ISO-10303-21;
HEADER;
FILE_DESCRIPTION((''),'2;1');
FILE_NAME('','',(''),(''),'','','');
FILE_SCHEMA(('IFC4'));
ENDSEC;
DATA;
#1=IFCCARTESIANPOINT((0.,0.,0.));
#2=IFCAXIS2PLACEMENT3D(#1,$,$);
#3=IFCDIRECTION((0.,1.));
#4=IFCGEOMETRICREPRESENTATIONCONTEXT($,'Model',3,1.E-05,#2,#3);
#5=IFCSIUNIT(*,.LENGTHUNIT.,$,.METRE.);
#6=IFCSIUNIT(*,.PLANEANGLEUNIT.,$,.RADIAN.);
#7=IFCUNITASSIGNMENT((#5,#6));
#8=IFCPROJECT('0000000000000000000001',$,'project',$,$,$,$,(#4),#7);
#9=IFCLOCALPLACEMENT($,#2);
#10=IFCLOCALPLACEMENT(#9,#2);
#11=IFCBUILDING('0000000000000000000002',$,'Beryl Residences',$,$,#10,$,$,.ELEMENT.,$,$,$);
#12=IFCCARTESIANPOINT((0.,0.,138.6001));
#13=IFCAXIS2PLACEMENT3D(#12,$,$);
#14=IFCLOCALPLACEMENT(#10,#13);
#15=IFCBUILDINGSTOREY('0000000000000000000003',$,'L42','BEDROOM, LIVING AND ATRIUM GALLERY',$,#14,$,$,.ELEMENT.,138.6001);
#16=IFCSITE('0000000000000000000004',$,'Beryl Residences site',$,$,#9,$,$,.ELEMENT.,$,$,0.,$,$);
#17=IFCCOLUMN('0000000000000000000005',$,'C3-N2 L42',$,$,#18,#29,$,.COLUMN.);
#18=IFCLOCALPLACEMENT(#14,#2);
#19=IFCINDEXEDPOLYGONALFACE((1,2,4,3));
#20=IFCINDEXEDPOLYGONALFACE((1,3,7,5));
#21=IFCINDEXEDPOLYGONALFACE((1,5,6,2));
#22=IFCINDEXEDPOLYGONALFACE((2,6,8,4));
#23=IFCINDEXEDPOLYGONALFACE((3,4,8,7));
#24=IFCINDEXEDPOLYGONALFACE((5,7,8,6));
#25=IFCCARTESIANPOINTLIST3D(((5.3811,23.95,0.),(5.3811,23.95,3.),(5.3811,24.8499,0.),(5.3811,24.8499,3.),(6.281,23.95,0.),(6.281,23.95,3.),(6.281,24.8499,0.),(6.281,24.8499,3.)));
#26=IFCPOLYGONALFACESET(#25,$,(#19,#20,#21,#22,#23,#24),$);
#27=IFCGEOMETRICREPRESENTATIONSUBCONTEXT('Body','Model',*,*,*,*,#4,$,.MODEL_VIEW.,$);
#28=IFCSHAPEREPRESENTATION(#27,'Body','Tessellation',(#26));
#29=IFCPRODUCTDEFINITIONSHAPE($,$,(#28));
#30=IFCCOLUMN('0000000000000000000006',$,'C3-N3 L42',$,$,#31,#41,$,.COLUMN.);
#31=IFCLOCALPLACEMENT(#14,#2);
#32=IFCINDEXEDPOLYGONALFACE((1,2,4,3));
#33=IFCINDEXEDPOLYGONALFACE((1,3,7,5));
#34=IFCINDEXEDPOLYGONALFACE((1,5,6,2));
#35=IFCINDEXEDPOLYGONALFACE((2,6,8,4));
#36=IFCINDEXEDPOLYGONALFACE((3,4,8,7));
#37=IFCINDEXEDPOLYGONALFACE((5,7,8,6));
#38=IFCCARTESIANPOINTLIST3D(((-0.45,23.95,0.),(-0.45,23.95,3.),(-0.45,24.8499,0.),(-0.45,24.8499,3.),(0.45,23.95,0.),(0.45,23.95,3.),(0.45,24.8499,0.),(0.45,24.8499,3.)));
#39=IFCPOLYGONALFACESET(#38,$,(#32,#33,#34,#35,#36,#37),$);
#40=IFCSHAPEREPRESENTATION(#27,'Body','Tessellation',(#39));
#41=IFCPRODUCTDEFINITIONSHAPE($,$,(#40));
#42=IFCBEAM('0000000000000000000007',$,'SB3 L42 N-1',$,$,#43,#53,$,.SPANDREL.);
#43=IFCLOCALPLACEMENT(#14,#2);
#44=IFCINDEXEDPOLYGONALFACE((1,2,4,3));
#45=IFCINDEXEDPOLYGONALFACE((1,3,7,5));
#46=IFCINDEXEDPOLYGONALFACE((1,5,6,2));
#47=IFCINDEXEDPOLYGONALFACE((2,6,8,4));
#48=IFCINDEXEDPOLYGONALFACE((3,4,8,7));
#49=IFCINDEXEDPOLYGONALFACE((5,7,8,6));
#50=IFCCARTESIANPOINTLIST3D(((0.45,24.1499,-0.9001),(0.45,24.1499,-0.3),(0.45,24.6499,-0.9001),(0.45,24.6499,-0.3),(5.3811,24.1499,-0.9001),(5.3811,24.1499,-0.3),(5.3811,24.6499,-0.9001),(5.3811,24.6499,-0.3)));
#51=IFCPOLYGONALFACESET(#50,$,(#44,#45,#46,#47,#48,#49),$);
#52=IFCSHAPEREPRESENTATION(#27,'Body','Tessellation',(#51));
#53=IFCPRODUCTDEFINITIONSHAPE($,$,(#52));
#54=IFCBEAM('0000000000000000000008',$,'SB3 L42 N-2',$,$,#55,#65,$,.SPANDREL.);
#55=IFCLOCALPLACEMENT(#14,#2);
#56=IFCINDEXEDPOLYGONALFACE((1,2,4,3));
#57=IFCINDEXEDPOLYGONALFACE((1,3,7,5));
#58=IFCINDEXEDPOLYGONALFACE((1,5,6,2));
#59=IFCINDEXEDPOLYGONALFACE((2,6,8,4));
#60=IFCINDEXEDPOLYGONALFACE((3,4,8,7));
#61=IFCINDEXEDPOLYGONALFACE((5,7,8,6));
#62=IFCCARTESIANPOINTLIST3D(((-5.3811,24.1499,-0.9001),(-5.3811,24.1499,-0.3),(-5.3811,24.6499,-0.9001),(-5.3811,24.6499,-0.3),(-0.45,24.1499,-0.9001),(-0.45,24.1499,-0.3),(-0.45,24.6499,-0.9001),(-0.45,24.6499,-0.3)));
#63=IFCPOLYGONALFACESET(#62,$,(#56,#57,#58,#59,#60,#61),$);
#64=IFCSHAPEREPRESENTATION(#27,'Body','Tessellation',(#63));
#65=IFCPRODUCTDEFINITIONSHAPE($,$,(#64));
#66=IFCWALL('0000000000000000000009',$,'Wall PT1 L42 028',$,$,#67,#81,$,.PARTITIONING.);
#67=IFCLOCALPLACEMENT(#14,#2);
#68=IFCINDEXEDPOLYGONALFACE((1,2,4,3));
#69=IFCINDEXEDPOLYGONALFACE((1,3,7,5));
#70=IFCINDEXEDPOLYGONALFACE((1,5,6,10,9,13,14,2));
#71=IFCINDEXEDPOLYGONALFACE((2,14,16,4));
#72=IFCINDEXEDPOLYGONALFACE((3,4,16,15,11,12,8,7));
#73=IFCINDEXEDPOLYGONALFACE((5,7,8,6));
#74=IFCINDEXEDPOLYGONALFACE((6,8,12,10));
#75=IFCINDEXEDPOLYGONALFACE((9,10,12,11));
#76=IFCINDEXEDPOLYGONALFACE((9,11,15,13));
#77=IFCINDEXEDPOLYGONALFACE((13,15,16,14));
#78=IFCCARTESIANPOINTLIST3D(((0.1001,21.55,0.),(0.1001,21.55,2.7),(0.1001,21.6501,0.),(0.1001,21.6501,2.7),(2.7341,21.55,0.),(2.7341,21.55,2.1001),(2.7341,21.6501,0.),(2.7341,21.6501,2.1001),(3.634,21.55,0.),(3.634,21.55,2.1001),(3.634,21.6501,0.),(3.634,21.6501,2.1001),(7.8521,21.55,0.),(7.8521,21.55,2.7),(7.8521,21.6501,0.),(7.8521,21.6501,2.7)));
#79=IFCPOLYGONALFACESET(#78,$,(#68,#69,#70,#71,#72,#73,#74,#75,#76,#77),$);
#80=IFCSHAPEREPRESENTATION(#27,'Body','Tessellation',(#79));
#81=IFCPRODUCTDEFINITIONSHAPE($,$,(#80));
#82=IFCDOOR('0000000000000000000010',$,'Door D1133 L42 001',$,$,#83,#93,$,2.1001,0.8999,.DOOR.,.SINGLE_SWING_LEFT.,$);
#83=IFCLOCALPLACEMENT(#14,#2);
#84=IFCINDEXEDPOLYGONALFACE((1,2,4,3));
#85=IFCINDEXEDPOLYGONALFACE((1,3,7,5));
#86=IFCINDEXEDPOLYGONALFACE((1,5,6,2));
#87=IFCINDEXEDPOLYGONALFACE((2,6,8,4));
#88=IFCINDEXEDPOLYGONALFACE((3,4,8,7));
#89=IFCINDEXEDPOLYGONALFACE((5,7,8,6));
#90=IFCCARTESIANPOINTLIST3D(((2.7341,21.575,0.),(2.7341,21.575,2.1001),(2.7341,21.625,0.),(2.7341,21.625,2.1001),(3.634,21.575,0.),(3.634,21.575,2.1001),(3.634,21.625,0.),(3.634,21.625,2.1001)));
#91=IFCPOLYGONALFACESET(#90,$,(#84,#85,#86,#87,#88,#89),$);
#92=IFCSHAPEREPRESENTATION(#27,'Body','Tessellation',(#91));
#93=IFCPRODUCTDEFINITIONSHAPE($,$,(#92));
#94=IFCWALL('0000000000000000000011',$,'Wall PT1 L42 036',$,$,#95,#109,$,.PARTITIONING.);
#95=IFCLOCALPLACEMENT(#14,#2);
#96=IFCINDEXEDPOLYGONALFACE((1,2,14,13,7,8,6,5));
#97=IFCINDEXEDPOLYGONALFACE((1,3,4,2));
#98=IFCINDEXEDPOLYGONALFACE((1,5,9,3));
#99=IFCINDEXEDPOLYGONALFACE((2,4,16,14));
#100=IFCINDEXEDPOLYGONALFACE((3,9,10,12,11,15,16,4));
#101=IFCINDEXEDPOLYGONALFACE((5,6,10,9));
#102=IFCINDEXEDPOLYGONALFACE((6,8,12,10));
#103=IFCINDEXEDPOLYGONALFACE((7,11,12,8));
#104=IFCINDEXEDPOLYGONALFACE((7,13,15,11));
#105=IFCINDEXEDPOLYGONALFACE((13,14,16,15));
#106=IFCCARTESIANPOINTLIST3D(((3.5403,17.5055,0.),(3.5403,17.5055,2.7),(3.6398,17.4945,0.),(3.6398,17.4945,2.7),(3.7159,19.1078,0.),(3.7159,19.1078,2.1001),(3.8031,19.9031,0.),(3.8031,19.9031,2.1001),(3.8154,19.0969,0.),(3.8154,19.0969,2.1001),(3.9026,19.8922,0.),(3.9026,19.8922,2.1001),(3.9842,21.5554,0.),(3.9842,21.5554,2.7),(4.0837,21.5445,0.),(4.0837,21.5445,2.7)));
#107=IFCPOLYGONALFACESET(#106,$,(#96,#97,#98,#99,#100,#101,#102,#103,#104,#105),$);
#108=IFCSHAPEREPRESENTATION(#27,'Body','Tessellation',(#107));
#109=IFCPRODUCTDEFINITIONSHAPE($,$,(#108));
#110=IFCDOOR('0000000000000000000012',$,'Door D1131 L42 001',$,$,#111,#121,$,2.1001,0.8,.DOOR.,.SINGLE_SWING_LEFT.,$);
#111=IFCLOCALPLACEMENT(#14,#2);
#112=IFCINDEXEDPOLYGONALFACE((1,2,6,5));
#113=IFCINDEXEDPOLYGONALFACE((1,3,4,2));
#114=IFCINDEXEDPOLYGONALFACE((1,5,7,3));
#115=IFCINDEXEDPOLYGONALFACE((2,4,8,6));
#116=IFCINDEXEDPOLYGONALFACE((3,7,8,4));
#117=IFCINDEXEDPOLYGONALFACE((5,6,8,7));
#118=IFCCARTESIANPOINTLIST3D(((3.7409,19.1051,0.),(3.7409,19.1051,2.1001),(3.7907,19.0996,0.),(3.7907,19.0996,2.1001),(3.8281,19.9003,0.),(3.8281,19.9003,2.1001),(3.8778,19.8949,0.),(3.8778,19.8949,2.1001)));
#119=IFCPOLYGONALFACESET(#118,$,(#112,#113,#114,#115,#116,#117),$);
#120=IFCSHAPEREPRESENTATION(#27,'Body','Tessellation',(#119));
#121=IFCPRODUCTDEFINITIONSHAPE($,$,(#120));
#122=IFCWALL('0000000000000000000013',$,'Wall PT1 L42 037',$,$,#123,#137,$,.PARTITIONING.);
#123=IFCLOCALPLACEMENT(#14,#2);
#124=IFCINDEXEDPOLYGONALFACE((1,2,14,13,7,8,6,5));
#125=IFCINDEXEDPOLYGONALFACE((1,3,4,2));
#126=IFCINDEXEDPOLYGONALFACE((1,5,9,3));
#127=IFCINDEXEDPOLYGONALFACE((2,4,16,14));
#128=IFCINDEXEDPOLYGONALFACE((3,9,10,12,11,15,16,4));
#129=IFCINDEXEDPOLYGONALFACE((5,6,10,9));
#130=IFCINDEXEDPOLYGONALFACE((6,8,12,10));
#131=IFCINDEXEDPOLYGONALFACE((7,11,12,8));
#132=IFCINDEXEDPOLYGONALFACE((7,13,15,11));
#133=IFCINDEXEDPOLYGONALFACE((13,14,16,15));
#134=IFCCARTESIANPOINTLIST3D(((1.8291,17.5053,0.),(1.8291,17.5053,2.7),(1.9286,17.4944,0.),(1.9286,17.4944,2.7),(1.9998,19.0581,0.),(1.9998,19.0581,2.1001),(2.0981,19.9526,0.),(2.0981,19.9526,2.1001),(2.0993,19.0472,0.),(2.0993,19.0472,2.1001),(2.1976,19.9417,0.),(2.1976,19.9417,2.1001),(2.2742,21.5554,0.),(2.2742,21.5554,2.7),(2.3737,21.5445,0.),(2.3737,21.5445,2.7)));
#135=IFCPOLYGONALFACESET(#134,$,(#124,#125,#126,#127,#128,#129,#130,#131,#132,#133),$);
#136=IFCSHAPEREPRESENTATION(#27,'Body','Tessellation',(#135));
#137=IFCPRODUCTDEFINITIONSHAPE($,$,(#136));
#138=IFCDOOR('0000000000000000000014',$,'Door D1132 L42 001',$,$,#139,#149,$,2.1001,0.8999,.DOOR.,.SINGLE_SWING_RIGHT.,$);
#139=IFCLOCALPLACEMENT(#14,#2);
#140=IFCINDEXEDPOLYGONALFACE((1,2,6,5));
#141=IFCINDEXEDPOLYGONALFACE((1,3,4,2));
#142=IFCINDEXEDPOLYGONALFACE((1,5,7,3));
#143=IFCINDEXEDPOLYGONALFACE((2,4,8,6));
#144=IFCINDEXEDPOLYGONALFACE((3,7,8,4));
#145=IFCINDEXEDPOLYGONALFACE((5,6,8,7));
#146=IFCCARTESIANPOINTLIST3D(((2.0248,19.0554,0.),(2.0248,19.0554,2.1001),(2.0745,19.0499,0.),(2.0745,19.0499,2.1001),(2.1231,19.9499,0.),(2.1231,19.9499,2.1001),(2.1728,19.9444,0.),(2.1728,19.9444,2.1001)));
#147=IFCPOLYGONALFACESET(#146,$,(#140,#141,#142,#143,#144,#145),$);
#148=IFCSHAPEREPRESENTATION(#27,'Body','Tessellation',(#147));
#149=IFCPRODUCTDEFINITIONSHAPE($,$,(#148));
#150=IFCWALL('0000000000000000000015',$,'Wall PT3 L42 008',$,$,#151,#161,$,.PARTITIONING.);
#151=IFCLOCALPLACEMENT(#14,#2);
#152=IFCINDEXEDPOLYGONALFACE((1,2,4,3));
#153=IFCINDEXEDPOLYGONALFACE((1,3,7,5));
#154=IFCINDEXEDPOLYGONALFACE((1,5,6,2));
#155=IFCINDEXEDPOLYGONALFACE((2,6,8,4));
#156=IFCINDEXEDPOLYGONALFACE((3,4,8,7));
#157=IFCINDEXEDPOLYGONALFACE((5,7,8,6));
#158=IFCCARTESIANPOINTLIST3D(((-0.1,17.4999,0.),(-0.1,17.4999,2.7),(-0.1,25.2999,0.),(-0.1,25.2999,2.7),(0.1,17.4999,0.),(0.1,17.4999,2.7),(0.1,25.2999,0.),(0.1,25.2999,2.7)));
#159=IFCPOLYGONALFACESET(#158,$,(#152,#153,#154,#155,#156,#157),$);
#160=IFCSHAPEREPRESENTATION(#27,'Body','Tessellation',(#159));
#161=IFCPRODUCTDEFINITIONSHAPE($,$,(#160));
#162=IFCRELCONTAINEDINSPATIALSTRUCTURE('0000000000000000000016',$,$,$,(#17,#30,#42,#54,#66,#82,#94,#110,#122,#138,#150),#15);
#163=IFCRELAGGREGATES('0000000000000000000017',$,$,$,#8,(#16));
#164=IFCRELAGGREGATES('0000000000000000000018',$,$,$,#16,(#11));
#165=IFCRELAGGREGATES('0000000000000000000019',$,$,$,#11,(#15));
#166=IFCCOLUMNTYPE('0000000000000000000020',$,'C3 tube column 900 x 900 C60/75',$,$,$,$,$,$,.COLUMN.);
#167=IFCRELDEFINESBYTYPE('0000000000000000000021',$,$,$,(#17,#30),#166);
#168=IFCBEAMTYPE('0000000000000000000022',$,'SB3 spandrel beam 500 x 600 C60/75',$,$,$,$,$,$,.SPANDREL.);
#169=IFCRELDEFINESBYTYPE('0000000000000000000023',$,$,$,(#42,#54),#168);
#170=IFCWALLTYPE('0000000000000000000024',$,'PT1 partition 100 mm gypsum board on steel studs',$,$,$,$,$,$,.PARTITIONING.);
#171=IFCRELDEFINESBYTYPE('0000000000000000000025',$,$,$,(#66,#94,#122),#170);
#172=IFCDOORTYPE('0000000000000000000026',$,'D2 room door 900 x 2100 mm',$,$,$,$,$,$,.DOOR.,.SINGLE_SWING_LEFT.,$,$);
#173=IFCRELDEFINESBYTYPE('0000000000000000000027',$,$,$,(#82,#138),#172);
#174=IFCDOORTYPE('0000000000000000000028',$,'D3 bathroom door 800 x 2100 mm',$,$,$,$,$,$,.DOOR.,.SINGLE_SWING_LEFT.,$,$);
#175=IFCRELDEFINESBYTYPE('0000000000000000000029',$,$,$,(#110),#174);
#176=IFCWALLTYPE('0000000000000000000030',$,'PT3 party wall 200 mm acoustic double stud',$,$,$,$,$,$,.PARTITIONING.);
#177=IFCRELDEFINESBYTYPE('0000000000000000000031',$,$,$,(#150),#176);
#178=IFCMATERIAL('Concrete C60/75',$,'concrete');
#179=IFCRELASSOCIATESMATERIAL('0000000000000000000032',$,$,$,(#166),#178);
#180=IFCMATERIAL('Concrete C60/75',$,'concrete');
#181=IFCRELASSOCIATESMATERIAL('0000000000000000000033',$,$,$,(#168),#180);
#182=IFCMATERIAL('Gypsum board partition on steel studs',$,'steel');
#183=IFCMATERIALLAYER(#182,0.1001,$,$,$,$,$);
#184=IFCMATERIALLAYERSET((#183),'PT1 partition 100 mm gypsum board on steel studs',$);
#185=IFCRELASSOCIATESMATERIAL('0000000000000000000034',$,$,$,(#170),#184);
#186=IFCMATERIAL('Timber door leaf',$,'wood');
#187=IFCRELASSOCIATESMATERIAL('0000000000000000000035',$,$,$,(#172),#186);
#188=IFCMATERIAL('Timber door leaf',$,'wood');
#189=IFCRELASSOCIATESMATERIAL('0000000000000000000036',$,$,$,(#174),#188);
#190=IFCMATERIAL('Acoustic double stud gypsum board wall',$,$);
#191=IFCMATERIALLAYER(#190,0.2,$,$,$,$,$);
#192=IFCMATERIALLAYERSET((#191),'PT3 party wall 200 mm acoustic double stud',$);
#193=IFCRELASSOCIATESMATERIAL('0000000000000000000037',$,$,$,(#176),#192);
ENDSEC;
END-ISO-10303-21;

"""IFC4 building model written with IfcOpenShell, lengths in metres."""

from ifc_helpers import new_model, si_unit, direction, frame, frame_2d, origin, origin_2d, place, context, subcontext, project, spatial, rectangle, extrude, material, layer, layer_set, material_profile, profile_set, type_object, element, fill, save


model = new_model("IFC4")

# Units and contexts
model_context = context("Model", 3, precision=1e-05, world=origin(), true_north=direction((0.0, 1.0)))
body_context = subcontext(model_context, "Body", "Model", "MODEL_VIEW")
ifc_project = project(units=[si_unit("LENGTHUNIT", "METRE"), si_unit("PLANEANGLEUNIT", "RADIAN")], contexts=[model_context])

# Site, building, storey
site_placement = place(None, origin())
site = spatial("IfcSite", under=ifc_project, at=site_placement, Name="Beryl Residences site", CompositionType="ELEMENT", RefElevation=0.0)
building_placement = place(site_placement, origin())
building = spatial("IfcBuilding", under=site, at=building_placement, Name="Beryl Residences", CompositionType="ELEMENT")
storey_placement = place(building_placement, frame((0.0, 0.0, 138.6001)))
storey = spatial("IfcBuildingStorey", under=building, at=storey_placement, Name="L42", Description="BEDROOM, LIVING AND ATRIUM GALLERY", CompositionType="ELEMENT", Elevation=138.6001)

# Columns
ifc_material_1 = material(Name="Concrete C60/75", Category="concrete")
ifc_material_profile_1 = material_profile(ifc_material_1, rectangle(XDim=0.8999, YDim=0.8999, at=origin_2d()))
ifc_profile_set_1 = profile_set([ifc_material_profile_1], Name="Concrete C60/75")
column_type = type_object("IfcColumnType", Name="C3 tube column 900 x 900 C60/75", PredefinedType="COLUMN", material=ifc_profile_set_1)
for number, where, z_axis, x_axis, name in (
    (1, (5.8311, 24.3999, 0.0), (0.0, 0.0, 1.0), (-1.0, 0.0, 0.0), "C3-N2 L42"),
    (2, (0.0, 24.3999, 0.0), (0.0, 0.0, 1.0), (-1.0, 0.0, 0.0), "C3-N3 L42"),
):
    element("IfcColumn", number, at=place(storey_placement, frame(where, z_axis=z_axis, x_axis=x_axis)), inside=storey, type_object=column_type, Name=name, PredefinedType="COLUMN", context=body_context, shape_type="SweptSolid", body=[
        extrude(rectangle(XDim=0.8999, YDim=0.8999, at=origin_2d()), origin(), (0.0, 0.0, 1.0), 3.0),
    ])

# Beams
ifc_material_2 = material(Name="Concrete C60/75", Category="concrete")
ifc_material_profile_2 = material_profile(ifc_material_2, rectangle(XDim=0.5, YDim=0.6001, at=origin_2d()))
ifc_profile_set_2 = profile_set([ifc_material_profile_2], Name="Concrete C60/75")
beam_type = type_object("IfcBeamType", Name="SB3 spandrel beam 500 x 600 C60/75", PredefinedType="SPANDREL", material=ifc_profile_set_2)
for number, where, z_axis, x_axis, name in (
    (3, (5.3811, 24.3999, -0.6001), (-1.0, 0.0, 0.0), (0.0, -1.0, 0.0), "SB3 L42 N-1"),
    (4, (-0.45, 24.3999, -0.6001), (-1.0, 0.0, 0.0), (0.0, -1.0, 0.0), "SB3 L42 N-2"),
):
    element("IfcBeam", number, at=place(storey_placement, frame(where, z_axis=z_axis, x_axis=x_axis)), inside=storey, type_object=beam_type, Name=name, PredefinedType="SPANDREL", context=body_context, shape_type="SweptSolid", body=[
        extrude(rectangle(XDim=0.5, YDim=0.6001, at=origin_2d()), origin(), (0.0, 0.0, 1.0), 4.9312),
    ])

# Walls, openings, doors
ifc_material_3 = material(Name="Gypsum board partition on steel studs", Category="steel")
ifc_layer_1 = layer(ifc_material_3, 0.1001)
ifc_layer_set_1 = layer_set([ifc_layer_1], Name="PT1 partition 100 mm gypsum board on steel studs")
wall_type_1 = type_object("IfcWallType", Name="PT1 partition 100 mm gypsum board on steel studs", PredefinedType="PARTITIONING", material=ifc_layer_set_1)
wall_1_placement = place(storey_placement, frame((0.1001, 21.6001, 0.0), z_axis=(0.0, 0.0, 1.0), x_axis=(1.0, 0.0, 0.0)))
wall_1 = element("IfcWall", 5, at=wall_1_placement, inside=storey, type_object=wall_type_1, Name="Wall PT1 L42 028", PredefinedType="PARTITIONING", context=body_context, shape_type="SweptSolid", body=[
    extrude(rectangle(XDim=7.752, YDim=0.1001, at=frame_2d((3.876, 0.0))), origin(), (0.0, 0.0, 1.0), 2.7),
])
opening_1_placement = place(wall_1_placement, frame((2.634, 0.0, 0.0)))
opening_1 = element("IfcOpeningElement", 6, at=opening_1_placement, cuts=wall_1, PredefinedType="OPENING", context=body_context, shape_type="SweptSolid", body=[
    extrude(rectangle(XDim=0.8999, YDim=2.1001, at=frame_2d((0.45, 1.05))), frame((0.0, 0.0601, 0.0), z_axis=(0.0, -1.0, 0.0), x_axis=(1.0, 0.0, 0.0)), (0.0, 0.0, 1.0), 0.1201),
])
ifc_material_4 = material(Name="Timber door leaf", Category="wood")
door_type_1 = type_object("IfcDoorType", Name="D2 room door 900 x 2100 mm", OperationType="SINGLE_SWING_LEFT", PredefinedType="DOOR", material=ifc_material_4)
door_1_placement = place(opening_1_placement, origin())
door_1 = element("IfcDoor", 7, at=door_1_placement, inside=storey, type_object=door_type_1, Name="Door D1133 L42 001", OperationType="SINGLE_SWING_LEFT", OverallHeight=2.1001, OverallWidth=0.8999, PredefinedType="DOOR", context=body_context, shape_type="SweptSolid", body=[
    extrude(rectangle(XDim=0.8999, YDim=2.1001, at=frame_2d((0.45, 1.05))), frame((0.0, 0.0249, 0.0), z_axis=(0.0, -1.0, 0.0), x_axis=(1.0, 0.0, 0.0)), (0.0, 0.0, 1.0), 0.05),
])
fill(opening_1, door_1)
wall_2_placement = place(storey_placement, frame((3.5901, 17.5, 0.0), z_axis=(0.0, 0.0, 1.0), x_axis=(0.108938, 0.994048, 0.0)))
wall_2 = element("IfcWall", 8, at=wall_2_placement, inside=storey, type_object=wall_type_1, Name="Wall PT1 L42 036", PredefinedType="PARTITIONING", context=body_context, shape_type="SweptSolid", body=[
    extrude(rectangle(XDim=4.0742, YDim=0.1001, at=frame_2d((2.0371, 0.0))), origin(), (0.0, 0.0, 1.0), 2.7),
])
opening_2_placement = place(wall_2_placement, frame((1.6121, 0.0, 0.0)))
opening_2 = element("IfcOpeningElement", 9, at=opening_2_placement, cuts=wall_2, PredefinedType="OPENING", context=body_context, shape_type="SweptSolid", body=[
    extrude(rectangle(XDim=0.8, YDim=2.1001, at=frame_2d((0.3999, 1.05))), frame((0.0, 0.0601, 0.0), z_axis=(0.0, -1.0, 0.0), x_axis=(1.0, 0.0, 0.0)), (0.0, 0.0, 1.0), 0.1201),
])
ifc_material_5 = material(Name="Timber door leaf", Category="wood")
door_type_2 = type_object("IfcDoorType", Name="D3 bathroom door 800 x 2100 mm", OperationType="SINGLE_SWING_LEFT", PredefinedType="DOOR", material=ifc_material_5)
door_2_placement = place(opening_2_placement, origin())
door_2 = element("IfcDoor", 10, at=door_2_placement, inside=storey, type_object=door_type_2, Name="Door D1131 L42 001", OperationType="SINGLE_SWING_LEFT", OverallHeight=2.1001, OverallWidth=0.8, PredefinedType="DOOR", context=body_context, shape_type="SweptSolid", body=[
    extrude(rectangle(XDim=0.8, YDim=2.1001, at=frame_2d((0.3999, 1.05))), frame((0.0, 0.0249, 0.0), z_axis=(0.0, -1.0, 0.0), x_axis=(1.0, 0.0, 0.0)), (0.0, 0.0, 1.0), 0.05),
])
fill(opening_2, door_2)
wall_3_placement = place(storey_placement, frame((1.8789, 17.5, 0.0), z_axis=(0.0, 0.0, 1.0), x_axis=(0.109235, 0.994016, 0.0)))
wall_3 = element("IfcWall", 11, at=wall_3_placement, inside=storey, type_object=wall_type_1, Name="Wall PT1 L42 037", PredefinedType="PARTITIONING", context=body_context, shape_type="SweptSolid", body=[
    extrude(rectangle(XDim=4.0745, YDim=0.1001, at=frame_2d((2.0371, 0.0))), origin(), (0.0, 0.0, 1.0), 2.7),
])
opening_3_placement = place(wall_3_placement, frame((1.562, 0.0, 0.0)))
opening_3 = element("IfcOpeningElement", 12, at=opening_3_placement, cuts=wall_3, PredefinedType="OPENING", context=body_context, shape_type="SweptSolid", body=[
    extrude(rectangle(XDim=0.8999, YDim=2.1001, at=frame_2d((0.45, 1.05))), frame((0.0, 0.0601, 0.0), z_axis=(0.0, -1.0, 0.0), x_axis=(1.0, 0.0, 0.0)), (0.0, 0.0, 1.0), 0.1201),
])
door_3_placement = place(opening_3_placement, origin())
door_3 = element("IfcDoor", 13, at=door_3_placement, inside=storey, type_object=door_type_1, Name="Door D1132 L42 001", OperationType="SINGLE_SWING_RIGHT", OverallHeight=2.1001, OverallWidth=0.8999, PredefinedType="DOOR", context=body_context, shape_type="SweptSolid", body=[
    extrude(rectangle(XDim=0.8999, YDim=2.1001, at=frame_2d((0.45, 1.05))), frame((0.0, 0.0249, 0.0), z_axis=(0.0, -1.0, 0.0), x_axis=(1.0, 0.0, 0.0)), (0.0, 0.0, 1.0), 0.05),
])
fill(opening_3, door_3)

# Wall
ifc_material_6 = material(Name="Acoustic double stud gypsum board wall")
ifc_layer_2 = layer(ifc_material_6, 0.2)
ifc_layer_set_2 = layer_set([ifc_layer_2], Name="PT3 party wall 200 mm acoustic double stud")
wall_type_2 = type_object("IfcWallType", Name="PT3 party wall 200 mm acoustic double stud", PredefinedType="PARTITIONING", material=ifc_layer_set_2)
wall_4_placement = place(storey_placement, frame((0.0, 17.5, 0.0), z_axis=(0.0, 0.0, 1.0), x_axis=(0.0, 1.0, 0.0)))
element("IfcWall", 14, at=wall_4_placement, inside=storey, type_object=wall_type_2, Name="Wall PT3 L42 008", PredefinedType="PARTITIONING", context=body_context, shape_type="SweptSolid", body=[
    extrude(rectangle(XDim=7.8, YDim=0.2, at=frame_2d((3.8999, 0.0))), origin(), (0.0, 0.0, 1.0), 2.7),
])

save(model, "model.ifc")
